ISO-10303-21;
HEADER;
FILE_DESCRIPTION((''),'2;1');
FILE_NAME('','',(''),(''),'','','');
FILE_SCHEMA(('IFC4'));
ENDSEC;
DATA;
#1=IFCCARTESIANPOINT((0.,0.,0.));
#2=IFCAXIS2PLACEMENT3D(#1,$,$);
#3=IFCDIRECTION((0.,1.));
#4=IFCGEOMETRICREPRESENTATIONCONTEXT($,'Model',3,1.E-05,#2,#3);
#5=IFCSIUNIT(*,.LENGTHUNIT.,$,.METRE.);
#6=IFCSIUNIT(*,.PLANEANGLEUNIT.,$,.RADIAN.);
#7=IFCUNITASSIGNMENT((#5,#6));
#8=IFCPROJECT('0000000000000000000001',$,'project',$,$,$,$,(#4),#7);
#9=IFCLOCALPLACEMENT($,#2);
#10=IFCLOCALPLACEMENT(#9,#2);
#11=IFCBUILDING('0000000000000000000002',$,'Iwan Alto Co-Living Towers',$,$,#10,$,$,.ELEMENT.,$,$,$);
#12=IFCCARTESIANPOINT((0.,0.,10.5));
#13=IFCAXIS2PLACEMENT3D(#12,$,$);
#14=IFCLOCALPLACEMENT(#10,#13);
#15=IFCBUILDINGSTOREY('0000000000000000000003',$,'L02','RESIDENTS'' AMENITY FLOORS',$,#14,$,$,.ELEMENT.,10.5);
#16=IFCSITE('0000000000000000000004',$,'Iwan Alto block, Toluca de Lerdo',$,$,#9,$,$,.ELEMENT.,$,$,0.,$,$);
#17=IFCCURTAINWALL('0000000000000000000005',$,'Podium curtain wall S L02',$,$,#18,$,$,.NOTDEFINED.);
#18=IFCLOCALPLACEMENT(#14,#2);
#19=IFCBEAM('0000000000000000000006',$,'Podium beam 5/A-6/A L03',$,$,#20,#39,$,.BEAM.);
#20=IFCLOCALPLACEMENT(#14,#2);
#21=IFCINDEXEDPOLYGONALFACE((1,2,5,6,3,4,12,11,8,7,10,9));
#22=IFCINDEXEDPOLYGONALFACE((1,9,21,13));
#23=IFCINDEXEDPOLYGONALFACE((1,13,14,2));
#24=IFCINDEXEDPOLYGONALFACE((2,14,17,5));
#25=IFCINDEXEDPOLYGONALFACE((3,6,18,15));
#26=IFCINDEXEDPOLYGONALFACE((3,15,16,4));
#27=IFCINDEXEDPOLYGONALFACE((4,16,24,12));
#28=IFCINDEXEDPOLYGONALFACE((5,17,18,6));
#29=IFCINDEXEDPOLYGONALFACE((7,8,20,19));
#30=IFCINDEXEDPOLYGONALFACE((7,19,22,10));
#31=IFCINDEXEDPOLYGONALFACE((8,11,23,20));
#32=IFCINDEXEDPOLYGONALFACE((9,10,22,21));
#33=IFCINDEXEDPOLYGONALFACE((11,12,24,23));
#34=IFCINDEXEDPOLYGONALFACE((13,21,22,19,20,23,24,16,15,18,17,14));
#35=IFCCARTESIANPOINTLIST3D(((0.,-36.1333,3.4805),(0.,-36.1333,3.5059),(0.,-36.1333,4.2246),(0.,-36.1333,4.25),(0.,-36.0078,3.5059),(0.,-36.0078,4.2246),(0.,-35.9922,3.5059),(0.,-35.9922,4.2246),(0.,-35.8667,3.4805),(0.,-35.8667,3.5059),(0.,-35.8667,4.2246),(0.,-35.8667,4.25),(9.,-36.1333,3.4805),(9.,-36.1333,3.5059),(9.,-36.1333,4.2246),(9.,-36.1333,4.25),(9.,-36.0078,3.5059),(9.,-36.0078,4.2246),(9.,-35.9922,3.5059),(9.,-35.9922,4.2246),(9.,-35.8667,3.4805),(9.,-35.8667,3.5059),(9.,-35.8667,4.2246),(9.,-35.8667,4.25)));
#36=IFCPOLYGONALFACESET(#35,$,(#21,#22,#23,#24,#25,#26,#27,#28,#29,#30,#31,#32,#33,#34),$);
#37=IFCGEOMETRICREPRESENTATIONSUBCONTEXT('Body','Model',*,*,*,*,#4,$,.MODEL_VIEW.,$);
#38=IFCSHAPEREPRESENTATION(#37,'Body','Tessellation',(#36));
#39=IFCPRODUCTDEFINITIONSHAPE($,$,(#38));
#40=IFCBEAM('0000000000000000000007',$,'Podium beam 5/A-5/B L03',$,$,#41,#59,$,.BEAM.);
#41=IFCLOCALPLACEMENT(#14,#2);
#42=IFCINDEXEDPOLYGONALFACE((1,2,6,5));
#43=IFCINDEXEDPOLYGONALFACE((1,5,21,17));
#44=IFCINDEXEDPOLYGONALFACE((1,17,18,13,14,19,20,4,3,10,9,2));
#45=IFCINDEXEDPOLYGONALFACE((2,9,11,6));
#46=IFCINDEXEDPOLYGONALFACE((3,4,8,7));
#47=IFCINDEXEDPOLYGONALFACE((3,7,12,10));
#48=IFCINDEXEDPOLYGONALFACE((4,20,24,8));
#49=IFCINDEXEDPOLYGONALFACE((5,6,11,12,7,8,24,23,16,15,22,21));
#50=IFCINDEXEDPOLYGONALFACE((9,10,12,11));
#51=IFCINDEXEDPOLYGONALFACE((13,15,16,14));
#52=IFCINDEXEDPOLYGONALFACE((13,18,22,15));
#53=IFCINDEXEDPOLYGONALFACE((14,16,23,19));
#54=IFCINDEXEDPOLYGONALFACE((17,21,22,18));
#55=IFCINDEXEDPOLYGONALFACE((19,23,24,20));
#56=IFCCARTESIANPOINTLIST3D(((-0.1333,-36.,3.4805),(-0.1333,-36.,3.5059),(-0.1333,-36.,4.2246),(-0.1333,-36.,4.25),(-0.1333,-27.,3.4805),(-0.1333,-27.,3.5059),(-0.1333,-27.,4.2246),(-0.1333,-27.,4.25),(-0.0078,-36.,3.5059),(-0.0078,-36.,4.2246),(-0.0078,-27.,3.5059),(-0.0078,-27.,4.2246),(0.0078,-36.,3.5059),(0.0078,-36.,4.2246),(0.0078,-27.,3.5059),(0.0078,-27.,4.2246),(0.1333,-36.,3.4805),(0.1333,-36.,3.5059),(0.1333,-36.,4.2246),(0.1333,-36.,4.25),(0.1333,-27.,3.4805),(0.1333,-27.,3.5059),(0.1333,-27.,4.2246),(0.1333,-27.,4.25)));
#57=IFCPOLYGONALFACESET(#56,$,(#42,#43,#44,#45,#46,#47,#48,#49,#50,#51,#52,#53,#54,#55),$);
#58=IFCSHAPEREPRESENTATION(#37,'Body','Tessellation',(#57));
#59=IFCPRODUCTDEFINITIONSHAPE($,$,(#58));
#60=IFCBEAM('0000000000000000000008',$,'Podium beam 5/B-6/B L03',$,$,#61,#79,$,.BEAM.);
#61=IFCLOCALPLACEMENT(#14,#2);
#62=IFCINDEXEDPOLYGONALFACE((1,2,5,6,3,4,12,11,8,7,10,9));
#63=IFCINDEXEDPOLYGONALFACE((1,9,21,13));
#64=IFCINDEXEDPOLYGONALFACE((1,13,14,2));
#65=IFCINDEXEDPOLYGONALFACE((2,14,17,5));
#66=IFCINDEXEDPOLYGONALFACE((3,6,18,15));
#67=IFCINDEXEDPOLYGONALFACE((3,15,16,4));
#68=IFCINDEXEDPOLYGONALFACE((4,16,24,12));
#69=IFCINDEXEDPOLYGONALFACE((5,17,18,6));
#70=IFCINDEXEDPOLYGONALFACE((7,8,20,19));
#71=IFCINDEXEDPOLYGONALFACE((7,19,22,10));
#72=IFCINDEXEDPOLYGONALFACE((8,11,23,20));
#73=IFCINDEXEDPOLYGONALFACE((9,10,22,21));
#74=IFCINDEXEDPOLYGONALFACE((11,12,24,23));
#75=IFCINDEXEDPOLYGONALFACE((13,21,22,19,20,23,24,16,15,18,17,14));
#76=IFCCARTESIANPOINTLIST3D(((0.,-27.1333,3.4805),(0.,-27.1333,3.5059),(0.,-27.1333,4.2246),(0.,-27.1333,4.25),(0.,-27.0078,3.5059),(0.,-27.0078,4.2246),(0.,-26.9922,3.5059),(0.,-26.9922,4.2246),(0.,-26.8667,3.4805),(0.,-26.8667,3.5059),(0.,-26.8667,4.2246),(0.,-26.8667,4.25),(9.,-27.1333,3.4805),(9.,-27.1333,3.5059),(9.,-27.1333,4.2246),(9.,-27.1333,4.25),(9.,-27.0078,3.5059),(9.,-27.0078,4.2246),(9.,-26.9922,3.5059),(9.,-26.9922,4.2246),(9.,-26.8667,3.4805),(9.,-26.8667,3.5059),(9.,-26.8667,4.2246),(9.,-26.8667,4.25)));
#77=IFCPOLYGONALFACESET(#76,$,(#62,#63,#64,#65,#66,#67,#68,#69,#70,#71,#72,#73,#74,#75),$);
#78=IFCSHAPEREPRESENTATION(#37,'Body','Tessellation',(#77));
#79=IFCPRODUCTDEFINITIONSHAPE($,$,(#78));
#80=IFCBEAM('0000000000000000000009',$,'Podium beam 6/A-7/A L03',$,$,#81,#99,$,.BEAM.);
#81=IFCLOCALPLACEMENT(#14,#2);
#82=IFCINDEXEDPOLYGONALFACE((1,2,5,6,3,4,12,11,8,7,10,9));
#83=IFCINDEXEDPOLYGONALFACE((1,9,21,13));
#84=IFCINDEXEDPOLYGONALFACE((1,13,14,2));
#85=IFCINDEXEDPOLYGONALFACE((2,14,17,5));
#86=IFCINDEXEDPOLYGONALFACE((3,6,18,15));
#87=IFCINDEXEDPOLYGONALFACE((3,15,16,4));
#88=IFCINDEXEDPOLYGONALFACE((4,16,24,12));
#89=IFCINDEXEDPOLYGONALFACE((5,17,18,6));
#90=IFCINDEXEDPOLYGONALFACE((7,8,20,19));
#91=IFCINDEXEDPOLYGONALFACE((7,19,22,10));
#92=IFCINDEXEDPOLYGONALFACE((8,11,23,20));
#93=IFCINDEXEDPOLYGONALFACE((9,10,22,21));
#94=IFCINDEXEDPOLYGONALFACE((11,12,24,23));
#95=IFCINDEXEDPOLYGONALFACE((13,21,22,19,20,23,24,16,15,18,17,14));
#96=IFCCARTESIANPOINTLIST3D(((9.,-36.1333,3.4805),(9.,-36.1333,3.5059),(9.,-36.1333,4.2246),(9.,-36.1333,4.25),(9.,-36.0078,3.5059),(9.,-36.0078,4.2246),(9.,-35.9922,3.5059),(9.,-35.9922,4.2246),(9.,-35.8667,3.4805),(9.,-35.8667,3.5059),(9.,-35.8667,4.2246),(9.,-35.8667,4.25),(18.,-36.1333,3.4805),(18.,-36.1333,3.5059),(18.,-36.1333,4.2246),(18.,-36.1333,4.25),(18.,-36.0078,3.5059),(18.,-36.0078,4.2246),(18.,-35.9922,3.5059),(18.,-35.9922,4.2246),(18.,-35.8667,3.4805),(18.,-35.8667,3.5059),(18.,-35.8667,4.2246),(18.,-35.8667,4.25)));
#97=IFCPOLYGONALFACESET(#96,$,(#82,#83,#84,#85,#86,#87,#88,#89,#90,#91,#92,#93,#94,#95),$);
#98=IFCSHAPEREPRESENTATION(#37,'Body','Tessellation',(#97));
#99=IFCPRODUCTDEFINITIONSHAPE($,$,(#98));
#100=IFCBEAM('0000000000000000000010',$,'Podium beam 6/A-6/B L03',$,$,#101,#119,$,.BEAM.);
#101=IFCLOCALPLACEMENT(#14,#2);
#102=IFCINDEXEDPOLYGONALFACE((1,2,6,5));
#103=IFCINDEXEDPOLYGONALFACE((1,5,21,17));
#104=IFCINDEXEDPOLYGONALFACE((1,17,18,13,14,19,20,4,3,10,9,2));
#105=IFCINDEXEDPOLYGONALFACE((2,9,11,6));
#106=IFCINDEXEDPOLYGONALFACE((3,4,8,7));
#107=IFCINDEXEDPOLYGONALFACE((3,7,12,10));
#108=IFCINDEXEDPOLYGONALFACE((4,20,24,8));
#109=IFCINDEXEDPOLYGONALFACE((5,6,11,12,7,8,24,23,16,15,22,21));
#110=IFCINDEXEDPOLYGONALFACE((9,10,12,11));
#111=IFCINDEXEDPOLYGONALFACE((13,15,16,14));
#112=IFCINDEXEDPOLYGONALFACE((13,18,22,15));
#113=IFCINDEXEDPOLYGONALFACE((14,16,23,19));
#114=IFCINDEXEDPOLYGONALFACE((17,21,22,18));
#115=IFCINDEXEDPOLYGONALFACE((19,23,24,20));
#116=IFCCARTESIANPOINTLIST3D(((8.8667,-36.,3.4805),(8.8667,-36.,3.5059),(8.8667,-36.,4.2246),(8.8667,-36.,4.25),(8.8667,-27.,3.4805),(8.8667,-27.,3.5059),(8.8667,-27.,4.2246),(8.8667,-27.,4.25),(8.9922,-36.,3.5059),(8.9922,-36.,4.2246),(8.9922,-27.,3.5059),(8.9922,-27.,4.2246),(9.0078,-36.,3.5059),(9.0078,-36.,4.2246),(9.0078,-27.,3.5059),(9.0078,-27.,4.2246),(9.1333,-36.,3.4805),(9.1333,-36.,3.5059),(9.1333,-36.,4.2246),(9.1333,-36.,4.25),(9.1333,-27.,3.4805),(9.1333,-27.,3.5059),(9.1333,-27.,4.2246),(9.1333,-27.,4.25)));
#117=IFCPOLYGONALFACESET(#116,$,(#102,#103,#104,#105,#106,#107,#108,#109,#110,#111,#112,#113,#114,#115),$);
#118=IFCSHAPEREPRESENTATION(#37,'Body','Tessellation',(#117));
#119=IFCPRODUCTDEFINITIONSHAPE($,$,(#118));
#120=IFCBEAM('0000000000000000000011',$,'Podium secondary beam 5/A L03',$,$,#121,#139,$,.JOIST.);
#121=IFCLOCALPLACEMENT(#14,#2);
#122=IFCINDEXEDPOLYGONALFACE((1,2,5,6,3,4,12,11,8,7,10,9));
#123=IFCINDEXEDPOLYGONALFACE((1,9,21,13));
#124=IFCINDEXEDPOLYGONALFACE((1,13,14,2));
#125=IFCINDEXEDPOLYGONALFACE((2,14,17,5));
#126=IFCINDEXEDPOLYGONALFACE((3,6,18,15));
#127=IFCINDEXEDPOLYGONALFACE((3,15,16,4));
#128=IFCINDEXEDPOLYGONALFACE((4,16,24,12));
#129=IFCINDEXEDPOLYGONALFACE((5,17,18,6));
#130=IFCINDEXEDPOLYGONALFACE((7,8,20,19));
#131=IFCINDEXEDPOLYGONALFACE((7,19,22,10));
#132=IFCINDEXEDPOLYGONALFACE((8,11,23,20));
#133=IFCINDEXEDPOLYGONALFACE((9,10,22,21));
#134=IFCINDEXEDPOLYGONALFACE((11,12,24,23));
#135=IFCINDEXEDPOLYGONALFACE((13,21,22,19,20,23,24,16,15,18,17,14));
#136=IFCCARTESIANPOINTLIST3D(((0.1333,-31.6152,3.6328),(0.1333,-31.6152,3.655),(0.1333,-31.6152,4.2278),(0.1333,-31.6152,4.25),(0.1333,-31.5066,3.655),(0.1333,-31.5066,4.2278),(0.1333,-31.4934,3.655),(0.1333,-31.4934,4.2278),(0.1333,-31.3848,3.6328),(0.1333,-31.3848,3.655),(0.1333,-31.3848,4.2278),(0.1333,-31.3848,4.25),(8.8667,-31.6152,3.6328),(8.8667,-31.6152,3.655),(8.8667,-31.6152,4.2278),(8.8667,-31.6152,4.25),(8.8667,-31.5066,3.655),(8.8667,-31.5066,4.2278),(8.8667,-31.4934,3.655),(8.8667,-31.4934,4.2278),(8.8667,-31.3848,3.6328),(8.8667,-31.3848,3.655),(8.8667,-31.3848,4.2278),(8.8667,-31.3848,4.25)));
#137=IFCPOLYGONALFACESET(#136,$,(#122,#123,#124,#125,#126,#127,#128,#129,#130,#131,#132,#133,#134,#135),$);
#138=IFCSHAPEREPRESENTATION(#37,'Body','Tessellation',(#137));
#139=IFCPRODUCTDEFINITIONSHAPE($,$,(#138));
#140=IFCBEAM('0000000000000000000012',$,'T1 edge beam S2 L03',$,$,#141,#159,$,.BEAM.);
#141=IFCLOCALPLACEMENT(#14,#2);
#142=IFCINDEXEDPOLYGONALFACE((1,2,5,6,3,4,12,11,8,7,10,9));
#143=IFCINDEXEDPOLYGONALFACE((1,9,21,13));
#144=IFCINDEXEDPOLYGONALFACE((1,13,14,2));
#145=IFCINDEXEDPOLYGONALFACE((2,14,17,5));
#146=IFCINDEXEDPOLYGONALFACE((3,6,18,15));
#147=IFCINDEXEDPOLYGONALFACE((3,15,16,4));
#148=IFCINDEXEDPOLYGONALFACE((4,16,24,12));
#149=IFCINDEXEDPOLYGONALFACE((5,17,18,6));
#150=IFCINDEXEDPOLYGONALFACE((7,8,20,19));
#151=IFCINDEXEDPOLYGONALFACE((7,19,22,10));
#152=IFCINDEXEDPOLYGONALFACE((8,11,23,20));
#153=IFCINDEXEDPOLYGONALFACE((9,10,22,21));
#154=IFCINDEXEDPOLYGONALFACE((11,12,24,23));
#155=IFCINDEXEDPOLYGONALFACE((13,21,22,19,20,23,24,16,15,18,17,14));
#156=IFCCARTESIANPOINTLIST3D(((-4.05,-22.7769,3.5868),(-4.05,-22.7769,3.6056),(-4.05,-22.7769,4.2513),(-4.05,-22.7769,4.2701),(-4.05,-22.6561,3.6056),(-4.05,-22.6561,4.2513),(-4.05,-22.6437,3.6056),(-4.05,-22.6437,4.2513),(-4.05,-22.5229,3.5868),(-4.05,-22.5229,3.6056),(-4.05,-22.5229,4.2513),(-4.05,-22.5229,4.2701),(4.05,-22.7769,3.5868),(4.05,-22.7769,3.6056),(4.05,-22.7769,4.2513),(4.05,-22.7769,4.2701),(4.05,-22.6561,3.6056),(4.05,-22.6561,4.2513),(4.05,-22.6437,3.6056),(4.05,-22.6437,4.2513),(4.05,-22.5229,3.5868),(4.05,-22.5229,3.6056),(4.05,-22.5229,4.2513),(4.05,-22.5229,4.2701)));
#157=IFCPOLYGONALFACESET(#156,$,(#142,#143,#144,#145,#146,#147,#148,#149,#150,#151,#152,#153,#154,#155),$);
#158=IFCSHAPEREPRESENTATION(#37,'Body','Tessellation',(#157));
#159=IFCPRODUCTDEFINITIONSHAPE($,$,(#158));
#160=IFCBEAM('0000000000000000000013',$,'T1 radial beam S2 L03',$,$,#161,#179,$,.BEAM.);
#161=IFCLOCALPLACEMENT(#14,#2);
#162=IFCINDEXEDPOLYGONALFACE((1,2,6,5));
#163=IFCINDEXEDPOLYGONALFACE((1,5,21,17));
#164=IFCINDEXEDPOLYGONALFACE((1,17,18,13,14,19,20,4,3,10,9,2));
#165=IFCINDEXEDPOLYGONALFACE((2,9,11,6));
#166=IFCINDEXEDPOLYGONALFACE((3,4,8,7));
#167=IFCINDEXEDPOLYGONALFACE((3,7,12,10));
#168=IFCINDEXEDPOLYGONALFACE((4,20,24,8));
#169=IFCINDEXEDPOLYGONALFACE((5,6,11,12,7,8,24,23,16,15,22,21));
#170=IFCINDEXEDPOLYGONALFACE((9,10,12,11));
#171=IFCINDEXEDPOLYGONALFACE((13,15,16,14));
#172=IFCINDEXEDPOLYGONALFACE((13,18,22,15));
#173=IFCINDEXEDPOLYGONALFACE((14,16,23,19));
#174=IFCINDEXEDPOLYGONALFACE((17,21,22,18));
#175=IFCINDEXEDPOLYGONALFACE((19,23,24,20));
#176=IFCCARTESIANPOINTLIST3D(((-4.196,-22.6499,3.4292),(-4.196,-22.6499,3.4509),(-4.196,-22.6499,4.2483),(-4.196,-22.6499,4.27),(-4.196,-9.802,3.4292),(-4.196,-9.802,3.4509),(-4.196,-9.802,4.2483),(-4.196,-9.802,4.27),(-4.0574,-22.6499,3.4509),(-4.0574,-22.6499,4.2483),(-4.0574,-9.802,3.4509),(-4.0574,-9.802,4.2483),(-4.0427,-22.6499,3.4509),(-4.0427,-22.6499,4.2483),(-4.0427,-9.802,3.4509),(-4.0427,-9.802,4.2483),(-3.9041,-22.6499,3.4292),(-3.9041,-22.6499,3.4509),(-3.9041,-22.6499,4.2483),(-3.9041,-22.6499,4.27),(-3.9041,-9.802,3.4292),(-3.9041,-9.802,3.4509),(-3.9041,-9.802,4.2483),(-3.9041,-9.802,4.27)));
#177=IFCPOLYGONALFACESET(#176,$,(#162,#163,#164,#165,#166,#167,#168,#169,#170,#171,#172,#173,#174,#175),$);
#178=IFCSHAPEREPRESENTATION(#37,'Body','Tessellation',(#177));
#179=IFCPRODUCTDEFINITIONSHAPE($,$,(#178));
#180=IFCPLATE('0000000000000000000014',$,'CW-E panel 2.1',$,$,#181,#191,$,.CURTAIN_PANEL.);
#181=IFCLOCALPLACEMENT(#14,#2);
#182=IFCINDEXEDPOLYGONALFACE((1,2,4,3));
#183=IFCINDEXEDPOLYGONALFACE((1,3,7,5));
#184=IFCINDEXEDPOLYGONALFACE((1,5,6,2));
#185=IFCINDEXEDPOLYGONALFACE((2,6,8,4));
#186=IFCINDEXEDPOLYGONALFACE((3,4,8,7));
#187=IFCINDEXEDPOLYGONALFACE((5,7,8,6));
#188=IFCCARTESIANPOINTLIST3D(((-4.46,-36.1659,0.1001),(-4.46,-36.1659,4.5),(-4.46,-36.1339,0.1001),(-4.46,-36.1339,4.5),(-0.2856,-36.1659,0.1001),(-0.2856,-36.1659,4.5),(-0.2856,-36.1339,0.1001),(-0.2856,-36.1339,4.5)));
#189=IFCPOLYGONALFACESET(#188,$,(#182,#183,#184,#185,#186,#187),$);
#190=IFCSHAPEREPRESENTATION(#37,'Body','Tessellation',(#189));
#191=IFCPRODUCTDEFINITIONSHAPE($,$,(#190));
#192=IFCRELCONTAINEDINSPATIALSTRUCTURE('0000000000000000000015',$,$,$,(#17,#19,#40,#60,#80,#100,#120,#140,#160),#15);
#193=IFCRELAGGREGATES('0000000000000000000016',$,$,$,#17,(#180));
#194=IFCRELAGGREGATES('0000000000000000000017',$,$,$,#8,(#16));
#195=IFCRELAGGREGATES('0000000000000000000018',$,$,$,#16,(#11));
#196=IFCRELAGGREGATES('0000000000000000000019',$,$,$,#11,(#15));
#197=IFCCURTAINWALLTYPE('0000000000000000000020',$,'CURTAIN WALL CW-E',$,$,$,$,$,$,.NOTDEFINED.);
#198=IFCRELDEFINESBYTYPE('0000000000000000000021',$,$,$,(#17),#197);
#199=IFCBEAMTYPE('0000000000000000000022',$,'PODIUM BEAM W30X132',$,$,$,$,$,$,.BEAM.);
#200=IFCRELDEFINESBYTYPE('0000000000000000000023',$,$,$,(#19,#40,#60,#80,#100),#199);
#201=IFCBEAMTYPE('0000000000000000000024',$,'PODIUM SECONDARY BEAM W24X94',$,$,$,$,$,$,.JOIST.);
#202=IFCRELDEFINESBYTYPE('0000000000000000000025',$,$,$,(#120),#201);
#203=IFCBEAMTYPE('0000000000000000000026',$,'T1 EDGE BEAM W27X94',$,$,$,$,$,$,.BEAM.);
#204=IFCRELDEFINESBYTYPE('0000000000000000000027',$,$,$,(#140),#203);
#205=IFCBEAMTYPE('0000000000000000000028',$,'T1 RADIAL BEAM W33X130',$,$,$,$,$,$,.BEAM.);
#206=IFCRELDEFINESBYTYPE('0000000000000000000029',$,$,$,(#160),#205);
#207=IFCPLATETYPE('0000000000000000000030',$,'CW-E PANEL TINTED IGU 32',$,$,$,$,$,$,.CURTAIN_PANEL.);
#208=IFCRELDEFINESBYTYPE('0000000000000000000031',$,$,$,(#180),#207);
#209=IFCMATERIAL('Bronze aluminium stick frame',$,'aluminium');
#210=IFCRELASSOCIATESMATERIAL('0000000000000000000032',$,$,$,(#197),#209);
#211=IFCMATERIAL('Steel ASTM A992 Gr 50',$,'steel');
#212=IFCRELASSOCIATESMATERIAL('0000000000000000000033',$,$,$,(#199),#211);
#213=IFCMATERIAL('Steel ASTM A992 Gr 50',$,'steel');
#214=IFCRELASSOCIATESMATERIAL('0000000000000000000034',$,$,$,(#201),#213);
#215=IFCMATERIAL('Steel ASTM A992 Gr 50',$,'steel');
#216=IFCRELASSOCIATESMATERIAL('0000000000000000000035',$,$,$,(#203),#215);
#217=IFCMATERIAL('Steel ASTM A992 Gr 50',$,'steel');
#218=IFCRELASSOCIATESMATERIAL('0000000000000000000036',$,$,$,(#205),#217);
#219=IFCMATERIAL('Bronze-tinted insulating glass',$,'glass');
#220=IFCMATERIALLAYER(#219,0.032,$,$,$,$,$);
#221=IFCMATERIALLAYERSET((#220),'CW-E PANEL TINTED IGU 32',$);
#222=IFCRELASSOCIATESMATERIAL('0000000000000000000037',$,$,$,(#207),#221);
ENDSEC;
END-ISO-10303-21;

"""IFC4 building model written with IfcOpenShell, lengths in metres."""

from ifc_helpers import new_model, si_unit, direction, frame, origin, origin_2d, place, context, subcontext, project, spatial, rectangle, i_section, extrude, material, layer, layer_set, material_profile, profile_set, type_object, element, aggregate, save


model = new_model("IFC4")

# Units and contexts
model_context = context("Model", 3, precision=1e-05, world=origin(), true_north=direction((0.0, 1.0)))
body_context = subcontext(model_context, "Body", "Model", "MODEL_VIEW")
ifc_project = project(units=[si_unit("LENGTHUNIT", "METRE"), si_unit("PLANEANGLEUNIT", "RADIAN")], contexts=[model_context])

# Site, building, storey
site_placement = place(None, origin())
site = spatial("IfcSite", under=ifc_project, at=site_placement, Name="Iwan Alto block, Toluca de Lerdo", CompositionType="ELEMENT", RefElevation=0.0)
building_placement = place(site_placement, origin())
building = spatial("IfcBuilding", under=site, at=building_placement, Name="Iwan Alto Co-Living Towers", CompositionType="ELEMENT")
storey_placement = place(building_placement, frame((0.0, 0.0, 10.5)))
storey = spatial("IfcBuildingStorey", under=building, at=storey_placement, Name="L02", Description="RESIDENTS' AMENITY FLOORS", CompositionType="ELEMENT", Elevation=10.5)

# Curtain wall
ifc_material_1 = material(Name="Bronze aluminium stick frame", Category="aluminium")
curtain_wall_type = type_object("IfcCurtainWallType", Name="CURTAIN WALL CW-E", PredefinedType="NOTDEFINED", material=ifc_material_1)
curtain_wall_1_placement = place(storey_placement, origin())
curtain_wall_1 = element("IfcCurtainWall", 1, at=curtain_wall_1_placement, inside=storey, type_object=curtain_wall_type, Name="Podium curtain wall S L02", PredefinedType="NOTDEFINED")

# Beams
ifc_material_2 = material(Name="Steel ASTM A992 Gr 50", Category="steel")
ifc_material_profile_1 = material_profile(ifc_material_2, i_section(OverallWidth=0.2666, OverallDepth=0.7695, WebThickness=0.0156, FlangeThickness=0.0254, at=origin_2d()), Name="W30X132")
ifc_profile_set_1 = profile_set([ifc_material_profile_1], Name="Steel ASTM A992 Gr 50")
beam_type_1 = type_object("IfcBeamType", Name="PODIUM BEAM W30X132", PredefinedType="BEAM", material=ifc_profile_set_1)
for number, where, z_axis, x_axis, name in (
    (2, (0.0, -36.0, 3.8652), (1.0, 0.0, 0.0), (0.0, 1.0, 0.0), "Podium beam 5/A-6/A L03"),
    (3, (0.0, -36.0, 3.8652), (0.0, 1.0, 0.0), (-1.0, 0.0, 0.0), "Podium beam 5/A-5/B L03"),
    (4, (0.0, -27.0, 3.8652), (1.0, 0.0, 0.0), (0.0, 1.0, 0.0), "Podium beam 5/B-6/B L03"),
    (5, (9.0, -36.0, 3.8652), (1.0, 0.0, 0.0), (0.0, 1.0, 0.0), "Podium beam 6/A-7/A L03"),
    (6, (9.0, -36.0, 3.8652), (0.0, 1.0, 0.0), (-1.0, 0.0, 0.0), "Podium beam 6/A-6/B L03"),
):
    element("IfcBeam", number, at=place(storey_placement, frame(where, z_axis=z_axis, x_axis=x_axis)), inside=storey, type_object=beam_type_1, Name=name, PredefinedType="BEAM", context=body_context, shape_type="SweptSolid", body=[
        extrude(i_section(OverallWidth=0.2666, OverallDepth=0.7695, WebThickness=0.0156, FlangeThickness=0.0254, at=origin_2d()), origin(), (0.0, 0.0, 1.0), 9.0),
    ])
ifc_material_3 = material(Name="Steel ASTM A992 Gr 50", Category="steel")
ifc_material_profile_2 = material_profile(ifc_material_3, i_section(OverallWidth=0.2305, OverallDepth=0.6172, WebThickness=0.0132, FlangeThickness=0.0222, at=origin_2d()), Name="W24X94")
ifc_profile_set_2 = profile_set([ifc_material_profile_2], Name="Steel ASTM A992 Gr 50")
beam_type_2 = type_object("IfcBeamType", Name="PODIUM SECONDARY BEAM W24X94", PredefinedType="JOIST", material=ifc_profile_set_2)
beam_1_placement = place(storey_placement, frame((0.1333, -31.5, 3.9414), z_axis=(1.0, 0.0, 0.0), x_axis=(0.0, 1.0, 0.0)))
element("IfcBeam", 7, at=beam_1_placement, inside=storey, type_object=beam_type_2, Name="Podium secondary beam 5/A L03", PredefinedType="JOIST", context=body_context, shape_type="SweptSolid", body=[
    extrude(i_section(OverallWidth=0.2305, OverallDepth=0.6172, WebThickness=0.0132, FlangeThickness=0.0222, at=origin_2d()), origin(), (0.0, 0.0, 1.0), 8.7334),
])
ifc_material_4 = material(Name="Steel ASTM A992 Gr 50", Category="steel")
ifc_material_profile_3 = material_profile(ifc_material_4, i_section(OverallWidth=0.2539, OverallDepth=0.6833, WebThickness=0.0125, FlangeThickness=0.0188, at=origin_2d()), Name="W27X94")
ifc_profile_set_3 = profile_set([ifc_material_profile_3], Name="Steel ASTM A992 Gr 50")
beam_type_3 = type_object("IfcBeamType", Name="T1 EDGE BEAM W27X94", PredefinedType="BEAM", material=ifc_profile_set_3)
beam_2_placement = place(storey_placement, frame((-4.05, -22.6499, 3.9285), z_axis=(1.0, 0.0, 0.0), x_axis=(0.0, 1.0, 0.0)))
element("IfcBeam", 8, at=beam_2_placement, inside=storey, type_object=beam_type_3, Name="T1 edge beam S2 L03", PredefinedType="BEAM", context=body_context, shape_type="SweptSolid", body=[
    extrude(i_section(OverallWidth=0.2539, OverallDepth=0.6833, WebThickness=0.0125, FlangeThickness=0.0188, at=origin_2d()), origin(), (0.0, 0.0, 1.0), 8.1001),
])
ifc_material_5 = material(Name="Steel ASTM A992 Gr 50", Category="steel")
ifc_material_profile_4 = material_profile(ifc_material_5, i_section(OverallWidth=0.292, OverallDepth=0.8408, WebThickness=0.0146, FlangeThickness=0.0217, at=origin_2d()), Name="W33X130")
ifc_profile_set_4 = profile_set([ifc_material_profile_4], Name="Steel ASTM A992 Gr 50")
beam_type_4 = type_object("IfcBeamType", Name="T1 RADIAL BEAM W33X130", PredefinedType="BEAM", material=ifc_profile_set_4)
beam_3_placement = place(storey_placement, frame((-4.05, -22.6499, 3.8496), z_axis=(0.0, 1.0, 0.0), x_axis=(-1.0, 0.0, 0.0)))
element("IfcBeam", 9, at=beam_3_placement, inside=storey, type_object=beam_type_4, Name="T1 radial beam S2 L03", PredefinedType="BEAM", context=body_context, shape_type="SweptSolid", body=[
    extrude(i_section(OverallWidth=0.292, OverallDepth=0.8408, WebThickness=0.0146, FlangeThickness=0.0217, at=origin_2d()), origin(), (0.0, 0.0, 1.0), 12.8479),
])

# Plate
ifc_material_6 = material(Name="Bronze-tinted insulating glass", Category="glass")
ifc_layer_1 = layer(ifc_material_6, 0.032)
ifc_layer_set_1 = layer_set([ifc_layer_1], Name="CW-E PANEL TINTED IGU 32")
plate_type = type_object("IfcPlateType", Name="CW-E PANEL TINTED IGU 32", PredefinedType="CURTAIN_PANEL", material=ifc_layer_set_1)
plate_1_placement = place(storey_placement, frame((-2.3728, -36.1499, 0.1001), z_axis=(0.0, 0.0, 1.0), x_axis=(1.0, 0.0, 0.0)))
plate_1 = element("IfcPlate", 10, at=plate_1_placement, type_object=plate_type, Name="CW-E panel 2.1", PredefinedType="CURTAIN_PANEL", context=body_context, shape_type="SweptSolid", body=[
    extrude(rectangle(XDim=4.1743, YDim=0.032, at=origin_2d()), origin(), (0.0, 0.0, 1.0), 4.3999),
])
aggregate(curtain_wall_1, [plate_1])

save(model, "model.ifc")
